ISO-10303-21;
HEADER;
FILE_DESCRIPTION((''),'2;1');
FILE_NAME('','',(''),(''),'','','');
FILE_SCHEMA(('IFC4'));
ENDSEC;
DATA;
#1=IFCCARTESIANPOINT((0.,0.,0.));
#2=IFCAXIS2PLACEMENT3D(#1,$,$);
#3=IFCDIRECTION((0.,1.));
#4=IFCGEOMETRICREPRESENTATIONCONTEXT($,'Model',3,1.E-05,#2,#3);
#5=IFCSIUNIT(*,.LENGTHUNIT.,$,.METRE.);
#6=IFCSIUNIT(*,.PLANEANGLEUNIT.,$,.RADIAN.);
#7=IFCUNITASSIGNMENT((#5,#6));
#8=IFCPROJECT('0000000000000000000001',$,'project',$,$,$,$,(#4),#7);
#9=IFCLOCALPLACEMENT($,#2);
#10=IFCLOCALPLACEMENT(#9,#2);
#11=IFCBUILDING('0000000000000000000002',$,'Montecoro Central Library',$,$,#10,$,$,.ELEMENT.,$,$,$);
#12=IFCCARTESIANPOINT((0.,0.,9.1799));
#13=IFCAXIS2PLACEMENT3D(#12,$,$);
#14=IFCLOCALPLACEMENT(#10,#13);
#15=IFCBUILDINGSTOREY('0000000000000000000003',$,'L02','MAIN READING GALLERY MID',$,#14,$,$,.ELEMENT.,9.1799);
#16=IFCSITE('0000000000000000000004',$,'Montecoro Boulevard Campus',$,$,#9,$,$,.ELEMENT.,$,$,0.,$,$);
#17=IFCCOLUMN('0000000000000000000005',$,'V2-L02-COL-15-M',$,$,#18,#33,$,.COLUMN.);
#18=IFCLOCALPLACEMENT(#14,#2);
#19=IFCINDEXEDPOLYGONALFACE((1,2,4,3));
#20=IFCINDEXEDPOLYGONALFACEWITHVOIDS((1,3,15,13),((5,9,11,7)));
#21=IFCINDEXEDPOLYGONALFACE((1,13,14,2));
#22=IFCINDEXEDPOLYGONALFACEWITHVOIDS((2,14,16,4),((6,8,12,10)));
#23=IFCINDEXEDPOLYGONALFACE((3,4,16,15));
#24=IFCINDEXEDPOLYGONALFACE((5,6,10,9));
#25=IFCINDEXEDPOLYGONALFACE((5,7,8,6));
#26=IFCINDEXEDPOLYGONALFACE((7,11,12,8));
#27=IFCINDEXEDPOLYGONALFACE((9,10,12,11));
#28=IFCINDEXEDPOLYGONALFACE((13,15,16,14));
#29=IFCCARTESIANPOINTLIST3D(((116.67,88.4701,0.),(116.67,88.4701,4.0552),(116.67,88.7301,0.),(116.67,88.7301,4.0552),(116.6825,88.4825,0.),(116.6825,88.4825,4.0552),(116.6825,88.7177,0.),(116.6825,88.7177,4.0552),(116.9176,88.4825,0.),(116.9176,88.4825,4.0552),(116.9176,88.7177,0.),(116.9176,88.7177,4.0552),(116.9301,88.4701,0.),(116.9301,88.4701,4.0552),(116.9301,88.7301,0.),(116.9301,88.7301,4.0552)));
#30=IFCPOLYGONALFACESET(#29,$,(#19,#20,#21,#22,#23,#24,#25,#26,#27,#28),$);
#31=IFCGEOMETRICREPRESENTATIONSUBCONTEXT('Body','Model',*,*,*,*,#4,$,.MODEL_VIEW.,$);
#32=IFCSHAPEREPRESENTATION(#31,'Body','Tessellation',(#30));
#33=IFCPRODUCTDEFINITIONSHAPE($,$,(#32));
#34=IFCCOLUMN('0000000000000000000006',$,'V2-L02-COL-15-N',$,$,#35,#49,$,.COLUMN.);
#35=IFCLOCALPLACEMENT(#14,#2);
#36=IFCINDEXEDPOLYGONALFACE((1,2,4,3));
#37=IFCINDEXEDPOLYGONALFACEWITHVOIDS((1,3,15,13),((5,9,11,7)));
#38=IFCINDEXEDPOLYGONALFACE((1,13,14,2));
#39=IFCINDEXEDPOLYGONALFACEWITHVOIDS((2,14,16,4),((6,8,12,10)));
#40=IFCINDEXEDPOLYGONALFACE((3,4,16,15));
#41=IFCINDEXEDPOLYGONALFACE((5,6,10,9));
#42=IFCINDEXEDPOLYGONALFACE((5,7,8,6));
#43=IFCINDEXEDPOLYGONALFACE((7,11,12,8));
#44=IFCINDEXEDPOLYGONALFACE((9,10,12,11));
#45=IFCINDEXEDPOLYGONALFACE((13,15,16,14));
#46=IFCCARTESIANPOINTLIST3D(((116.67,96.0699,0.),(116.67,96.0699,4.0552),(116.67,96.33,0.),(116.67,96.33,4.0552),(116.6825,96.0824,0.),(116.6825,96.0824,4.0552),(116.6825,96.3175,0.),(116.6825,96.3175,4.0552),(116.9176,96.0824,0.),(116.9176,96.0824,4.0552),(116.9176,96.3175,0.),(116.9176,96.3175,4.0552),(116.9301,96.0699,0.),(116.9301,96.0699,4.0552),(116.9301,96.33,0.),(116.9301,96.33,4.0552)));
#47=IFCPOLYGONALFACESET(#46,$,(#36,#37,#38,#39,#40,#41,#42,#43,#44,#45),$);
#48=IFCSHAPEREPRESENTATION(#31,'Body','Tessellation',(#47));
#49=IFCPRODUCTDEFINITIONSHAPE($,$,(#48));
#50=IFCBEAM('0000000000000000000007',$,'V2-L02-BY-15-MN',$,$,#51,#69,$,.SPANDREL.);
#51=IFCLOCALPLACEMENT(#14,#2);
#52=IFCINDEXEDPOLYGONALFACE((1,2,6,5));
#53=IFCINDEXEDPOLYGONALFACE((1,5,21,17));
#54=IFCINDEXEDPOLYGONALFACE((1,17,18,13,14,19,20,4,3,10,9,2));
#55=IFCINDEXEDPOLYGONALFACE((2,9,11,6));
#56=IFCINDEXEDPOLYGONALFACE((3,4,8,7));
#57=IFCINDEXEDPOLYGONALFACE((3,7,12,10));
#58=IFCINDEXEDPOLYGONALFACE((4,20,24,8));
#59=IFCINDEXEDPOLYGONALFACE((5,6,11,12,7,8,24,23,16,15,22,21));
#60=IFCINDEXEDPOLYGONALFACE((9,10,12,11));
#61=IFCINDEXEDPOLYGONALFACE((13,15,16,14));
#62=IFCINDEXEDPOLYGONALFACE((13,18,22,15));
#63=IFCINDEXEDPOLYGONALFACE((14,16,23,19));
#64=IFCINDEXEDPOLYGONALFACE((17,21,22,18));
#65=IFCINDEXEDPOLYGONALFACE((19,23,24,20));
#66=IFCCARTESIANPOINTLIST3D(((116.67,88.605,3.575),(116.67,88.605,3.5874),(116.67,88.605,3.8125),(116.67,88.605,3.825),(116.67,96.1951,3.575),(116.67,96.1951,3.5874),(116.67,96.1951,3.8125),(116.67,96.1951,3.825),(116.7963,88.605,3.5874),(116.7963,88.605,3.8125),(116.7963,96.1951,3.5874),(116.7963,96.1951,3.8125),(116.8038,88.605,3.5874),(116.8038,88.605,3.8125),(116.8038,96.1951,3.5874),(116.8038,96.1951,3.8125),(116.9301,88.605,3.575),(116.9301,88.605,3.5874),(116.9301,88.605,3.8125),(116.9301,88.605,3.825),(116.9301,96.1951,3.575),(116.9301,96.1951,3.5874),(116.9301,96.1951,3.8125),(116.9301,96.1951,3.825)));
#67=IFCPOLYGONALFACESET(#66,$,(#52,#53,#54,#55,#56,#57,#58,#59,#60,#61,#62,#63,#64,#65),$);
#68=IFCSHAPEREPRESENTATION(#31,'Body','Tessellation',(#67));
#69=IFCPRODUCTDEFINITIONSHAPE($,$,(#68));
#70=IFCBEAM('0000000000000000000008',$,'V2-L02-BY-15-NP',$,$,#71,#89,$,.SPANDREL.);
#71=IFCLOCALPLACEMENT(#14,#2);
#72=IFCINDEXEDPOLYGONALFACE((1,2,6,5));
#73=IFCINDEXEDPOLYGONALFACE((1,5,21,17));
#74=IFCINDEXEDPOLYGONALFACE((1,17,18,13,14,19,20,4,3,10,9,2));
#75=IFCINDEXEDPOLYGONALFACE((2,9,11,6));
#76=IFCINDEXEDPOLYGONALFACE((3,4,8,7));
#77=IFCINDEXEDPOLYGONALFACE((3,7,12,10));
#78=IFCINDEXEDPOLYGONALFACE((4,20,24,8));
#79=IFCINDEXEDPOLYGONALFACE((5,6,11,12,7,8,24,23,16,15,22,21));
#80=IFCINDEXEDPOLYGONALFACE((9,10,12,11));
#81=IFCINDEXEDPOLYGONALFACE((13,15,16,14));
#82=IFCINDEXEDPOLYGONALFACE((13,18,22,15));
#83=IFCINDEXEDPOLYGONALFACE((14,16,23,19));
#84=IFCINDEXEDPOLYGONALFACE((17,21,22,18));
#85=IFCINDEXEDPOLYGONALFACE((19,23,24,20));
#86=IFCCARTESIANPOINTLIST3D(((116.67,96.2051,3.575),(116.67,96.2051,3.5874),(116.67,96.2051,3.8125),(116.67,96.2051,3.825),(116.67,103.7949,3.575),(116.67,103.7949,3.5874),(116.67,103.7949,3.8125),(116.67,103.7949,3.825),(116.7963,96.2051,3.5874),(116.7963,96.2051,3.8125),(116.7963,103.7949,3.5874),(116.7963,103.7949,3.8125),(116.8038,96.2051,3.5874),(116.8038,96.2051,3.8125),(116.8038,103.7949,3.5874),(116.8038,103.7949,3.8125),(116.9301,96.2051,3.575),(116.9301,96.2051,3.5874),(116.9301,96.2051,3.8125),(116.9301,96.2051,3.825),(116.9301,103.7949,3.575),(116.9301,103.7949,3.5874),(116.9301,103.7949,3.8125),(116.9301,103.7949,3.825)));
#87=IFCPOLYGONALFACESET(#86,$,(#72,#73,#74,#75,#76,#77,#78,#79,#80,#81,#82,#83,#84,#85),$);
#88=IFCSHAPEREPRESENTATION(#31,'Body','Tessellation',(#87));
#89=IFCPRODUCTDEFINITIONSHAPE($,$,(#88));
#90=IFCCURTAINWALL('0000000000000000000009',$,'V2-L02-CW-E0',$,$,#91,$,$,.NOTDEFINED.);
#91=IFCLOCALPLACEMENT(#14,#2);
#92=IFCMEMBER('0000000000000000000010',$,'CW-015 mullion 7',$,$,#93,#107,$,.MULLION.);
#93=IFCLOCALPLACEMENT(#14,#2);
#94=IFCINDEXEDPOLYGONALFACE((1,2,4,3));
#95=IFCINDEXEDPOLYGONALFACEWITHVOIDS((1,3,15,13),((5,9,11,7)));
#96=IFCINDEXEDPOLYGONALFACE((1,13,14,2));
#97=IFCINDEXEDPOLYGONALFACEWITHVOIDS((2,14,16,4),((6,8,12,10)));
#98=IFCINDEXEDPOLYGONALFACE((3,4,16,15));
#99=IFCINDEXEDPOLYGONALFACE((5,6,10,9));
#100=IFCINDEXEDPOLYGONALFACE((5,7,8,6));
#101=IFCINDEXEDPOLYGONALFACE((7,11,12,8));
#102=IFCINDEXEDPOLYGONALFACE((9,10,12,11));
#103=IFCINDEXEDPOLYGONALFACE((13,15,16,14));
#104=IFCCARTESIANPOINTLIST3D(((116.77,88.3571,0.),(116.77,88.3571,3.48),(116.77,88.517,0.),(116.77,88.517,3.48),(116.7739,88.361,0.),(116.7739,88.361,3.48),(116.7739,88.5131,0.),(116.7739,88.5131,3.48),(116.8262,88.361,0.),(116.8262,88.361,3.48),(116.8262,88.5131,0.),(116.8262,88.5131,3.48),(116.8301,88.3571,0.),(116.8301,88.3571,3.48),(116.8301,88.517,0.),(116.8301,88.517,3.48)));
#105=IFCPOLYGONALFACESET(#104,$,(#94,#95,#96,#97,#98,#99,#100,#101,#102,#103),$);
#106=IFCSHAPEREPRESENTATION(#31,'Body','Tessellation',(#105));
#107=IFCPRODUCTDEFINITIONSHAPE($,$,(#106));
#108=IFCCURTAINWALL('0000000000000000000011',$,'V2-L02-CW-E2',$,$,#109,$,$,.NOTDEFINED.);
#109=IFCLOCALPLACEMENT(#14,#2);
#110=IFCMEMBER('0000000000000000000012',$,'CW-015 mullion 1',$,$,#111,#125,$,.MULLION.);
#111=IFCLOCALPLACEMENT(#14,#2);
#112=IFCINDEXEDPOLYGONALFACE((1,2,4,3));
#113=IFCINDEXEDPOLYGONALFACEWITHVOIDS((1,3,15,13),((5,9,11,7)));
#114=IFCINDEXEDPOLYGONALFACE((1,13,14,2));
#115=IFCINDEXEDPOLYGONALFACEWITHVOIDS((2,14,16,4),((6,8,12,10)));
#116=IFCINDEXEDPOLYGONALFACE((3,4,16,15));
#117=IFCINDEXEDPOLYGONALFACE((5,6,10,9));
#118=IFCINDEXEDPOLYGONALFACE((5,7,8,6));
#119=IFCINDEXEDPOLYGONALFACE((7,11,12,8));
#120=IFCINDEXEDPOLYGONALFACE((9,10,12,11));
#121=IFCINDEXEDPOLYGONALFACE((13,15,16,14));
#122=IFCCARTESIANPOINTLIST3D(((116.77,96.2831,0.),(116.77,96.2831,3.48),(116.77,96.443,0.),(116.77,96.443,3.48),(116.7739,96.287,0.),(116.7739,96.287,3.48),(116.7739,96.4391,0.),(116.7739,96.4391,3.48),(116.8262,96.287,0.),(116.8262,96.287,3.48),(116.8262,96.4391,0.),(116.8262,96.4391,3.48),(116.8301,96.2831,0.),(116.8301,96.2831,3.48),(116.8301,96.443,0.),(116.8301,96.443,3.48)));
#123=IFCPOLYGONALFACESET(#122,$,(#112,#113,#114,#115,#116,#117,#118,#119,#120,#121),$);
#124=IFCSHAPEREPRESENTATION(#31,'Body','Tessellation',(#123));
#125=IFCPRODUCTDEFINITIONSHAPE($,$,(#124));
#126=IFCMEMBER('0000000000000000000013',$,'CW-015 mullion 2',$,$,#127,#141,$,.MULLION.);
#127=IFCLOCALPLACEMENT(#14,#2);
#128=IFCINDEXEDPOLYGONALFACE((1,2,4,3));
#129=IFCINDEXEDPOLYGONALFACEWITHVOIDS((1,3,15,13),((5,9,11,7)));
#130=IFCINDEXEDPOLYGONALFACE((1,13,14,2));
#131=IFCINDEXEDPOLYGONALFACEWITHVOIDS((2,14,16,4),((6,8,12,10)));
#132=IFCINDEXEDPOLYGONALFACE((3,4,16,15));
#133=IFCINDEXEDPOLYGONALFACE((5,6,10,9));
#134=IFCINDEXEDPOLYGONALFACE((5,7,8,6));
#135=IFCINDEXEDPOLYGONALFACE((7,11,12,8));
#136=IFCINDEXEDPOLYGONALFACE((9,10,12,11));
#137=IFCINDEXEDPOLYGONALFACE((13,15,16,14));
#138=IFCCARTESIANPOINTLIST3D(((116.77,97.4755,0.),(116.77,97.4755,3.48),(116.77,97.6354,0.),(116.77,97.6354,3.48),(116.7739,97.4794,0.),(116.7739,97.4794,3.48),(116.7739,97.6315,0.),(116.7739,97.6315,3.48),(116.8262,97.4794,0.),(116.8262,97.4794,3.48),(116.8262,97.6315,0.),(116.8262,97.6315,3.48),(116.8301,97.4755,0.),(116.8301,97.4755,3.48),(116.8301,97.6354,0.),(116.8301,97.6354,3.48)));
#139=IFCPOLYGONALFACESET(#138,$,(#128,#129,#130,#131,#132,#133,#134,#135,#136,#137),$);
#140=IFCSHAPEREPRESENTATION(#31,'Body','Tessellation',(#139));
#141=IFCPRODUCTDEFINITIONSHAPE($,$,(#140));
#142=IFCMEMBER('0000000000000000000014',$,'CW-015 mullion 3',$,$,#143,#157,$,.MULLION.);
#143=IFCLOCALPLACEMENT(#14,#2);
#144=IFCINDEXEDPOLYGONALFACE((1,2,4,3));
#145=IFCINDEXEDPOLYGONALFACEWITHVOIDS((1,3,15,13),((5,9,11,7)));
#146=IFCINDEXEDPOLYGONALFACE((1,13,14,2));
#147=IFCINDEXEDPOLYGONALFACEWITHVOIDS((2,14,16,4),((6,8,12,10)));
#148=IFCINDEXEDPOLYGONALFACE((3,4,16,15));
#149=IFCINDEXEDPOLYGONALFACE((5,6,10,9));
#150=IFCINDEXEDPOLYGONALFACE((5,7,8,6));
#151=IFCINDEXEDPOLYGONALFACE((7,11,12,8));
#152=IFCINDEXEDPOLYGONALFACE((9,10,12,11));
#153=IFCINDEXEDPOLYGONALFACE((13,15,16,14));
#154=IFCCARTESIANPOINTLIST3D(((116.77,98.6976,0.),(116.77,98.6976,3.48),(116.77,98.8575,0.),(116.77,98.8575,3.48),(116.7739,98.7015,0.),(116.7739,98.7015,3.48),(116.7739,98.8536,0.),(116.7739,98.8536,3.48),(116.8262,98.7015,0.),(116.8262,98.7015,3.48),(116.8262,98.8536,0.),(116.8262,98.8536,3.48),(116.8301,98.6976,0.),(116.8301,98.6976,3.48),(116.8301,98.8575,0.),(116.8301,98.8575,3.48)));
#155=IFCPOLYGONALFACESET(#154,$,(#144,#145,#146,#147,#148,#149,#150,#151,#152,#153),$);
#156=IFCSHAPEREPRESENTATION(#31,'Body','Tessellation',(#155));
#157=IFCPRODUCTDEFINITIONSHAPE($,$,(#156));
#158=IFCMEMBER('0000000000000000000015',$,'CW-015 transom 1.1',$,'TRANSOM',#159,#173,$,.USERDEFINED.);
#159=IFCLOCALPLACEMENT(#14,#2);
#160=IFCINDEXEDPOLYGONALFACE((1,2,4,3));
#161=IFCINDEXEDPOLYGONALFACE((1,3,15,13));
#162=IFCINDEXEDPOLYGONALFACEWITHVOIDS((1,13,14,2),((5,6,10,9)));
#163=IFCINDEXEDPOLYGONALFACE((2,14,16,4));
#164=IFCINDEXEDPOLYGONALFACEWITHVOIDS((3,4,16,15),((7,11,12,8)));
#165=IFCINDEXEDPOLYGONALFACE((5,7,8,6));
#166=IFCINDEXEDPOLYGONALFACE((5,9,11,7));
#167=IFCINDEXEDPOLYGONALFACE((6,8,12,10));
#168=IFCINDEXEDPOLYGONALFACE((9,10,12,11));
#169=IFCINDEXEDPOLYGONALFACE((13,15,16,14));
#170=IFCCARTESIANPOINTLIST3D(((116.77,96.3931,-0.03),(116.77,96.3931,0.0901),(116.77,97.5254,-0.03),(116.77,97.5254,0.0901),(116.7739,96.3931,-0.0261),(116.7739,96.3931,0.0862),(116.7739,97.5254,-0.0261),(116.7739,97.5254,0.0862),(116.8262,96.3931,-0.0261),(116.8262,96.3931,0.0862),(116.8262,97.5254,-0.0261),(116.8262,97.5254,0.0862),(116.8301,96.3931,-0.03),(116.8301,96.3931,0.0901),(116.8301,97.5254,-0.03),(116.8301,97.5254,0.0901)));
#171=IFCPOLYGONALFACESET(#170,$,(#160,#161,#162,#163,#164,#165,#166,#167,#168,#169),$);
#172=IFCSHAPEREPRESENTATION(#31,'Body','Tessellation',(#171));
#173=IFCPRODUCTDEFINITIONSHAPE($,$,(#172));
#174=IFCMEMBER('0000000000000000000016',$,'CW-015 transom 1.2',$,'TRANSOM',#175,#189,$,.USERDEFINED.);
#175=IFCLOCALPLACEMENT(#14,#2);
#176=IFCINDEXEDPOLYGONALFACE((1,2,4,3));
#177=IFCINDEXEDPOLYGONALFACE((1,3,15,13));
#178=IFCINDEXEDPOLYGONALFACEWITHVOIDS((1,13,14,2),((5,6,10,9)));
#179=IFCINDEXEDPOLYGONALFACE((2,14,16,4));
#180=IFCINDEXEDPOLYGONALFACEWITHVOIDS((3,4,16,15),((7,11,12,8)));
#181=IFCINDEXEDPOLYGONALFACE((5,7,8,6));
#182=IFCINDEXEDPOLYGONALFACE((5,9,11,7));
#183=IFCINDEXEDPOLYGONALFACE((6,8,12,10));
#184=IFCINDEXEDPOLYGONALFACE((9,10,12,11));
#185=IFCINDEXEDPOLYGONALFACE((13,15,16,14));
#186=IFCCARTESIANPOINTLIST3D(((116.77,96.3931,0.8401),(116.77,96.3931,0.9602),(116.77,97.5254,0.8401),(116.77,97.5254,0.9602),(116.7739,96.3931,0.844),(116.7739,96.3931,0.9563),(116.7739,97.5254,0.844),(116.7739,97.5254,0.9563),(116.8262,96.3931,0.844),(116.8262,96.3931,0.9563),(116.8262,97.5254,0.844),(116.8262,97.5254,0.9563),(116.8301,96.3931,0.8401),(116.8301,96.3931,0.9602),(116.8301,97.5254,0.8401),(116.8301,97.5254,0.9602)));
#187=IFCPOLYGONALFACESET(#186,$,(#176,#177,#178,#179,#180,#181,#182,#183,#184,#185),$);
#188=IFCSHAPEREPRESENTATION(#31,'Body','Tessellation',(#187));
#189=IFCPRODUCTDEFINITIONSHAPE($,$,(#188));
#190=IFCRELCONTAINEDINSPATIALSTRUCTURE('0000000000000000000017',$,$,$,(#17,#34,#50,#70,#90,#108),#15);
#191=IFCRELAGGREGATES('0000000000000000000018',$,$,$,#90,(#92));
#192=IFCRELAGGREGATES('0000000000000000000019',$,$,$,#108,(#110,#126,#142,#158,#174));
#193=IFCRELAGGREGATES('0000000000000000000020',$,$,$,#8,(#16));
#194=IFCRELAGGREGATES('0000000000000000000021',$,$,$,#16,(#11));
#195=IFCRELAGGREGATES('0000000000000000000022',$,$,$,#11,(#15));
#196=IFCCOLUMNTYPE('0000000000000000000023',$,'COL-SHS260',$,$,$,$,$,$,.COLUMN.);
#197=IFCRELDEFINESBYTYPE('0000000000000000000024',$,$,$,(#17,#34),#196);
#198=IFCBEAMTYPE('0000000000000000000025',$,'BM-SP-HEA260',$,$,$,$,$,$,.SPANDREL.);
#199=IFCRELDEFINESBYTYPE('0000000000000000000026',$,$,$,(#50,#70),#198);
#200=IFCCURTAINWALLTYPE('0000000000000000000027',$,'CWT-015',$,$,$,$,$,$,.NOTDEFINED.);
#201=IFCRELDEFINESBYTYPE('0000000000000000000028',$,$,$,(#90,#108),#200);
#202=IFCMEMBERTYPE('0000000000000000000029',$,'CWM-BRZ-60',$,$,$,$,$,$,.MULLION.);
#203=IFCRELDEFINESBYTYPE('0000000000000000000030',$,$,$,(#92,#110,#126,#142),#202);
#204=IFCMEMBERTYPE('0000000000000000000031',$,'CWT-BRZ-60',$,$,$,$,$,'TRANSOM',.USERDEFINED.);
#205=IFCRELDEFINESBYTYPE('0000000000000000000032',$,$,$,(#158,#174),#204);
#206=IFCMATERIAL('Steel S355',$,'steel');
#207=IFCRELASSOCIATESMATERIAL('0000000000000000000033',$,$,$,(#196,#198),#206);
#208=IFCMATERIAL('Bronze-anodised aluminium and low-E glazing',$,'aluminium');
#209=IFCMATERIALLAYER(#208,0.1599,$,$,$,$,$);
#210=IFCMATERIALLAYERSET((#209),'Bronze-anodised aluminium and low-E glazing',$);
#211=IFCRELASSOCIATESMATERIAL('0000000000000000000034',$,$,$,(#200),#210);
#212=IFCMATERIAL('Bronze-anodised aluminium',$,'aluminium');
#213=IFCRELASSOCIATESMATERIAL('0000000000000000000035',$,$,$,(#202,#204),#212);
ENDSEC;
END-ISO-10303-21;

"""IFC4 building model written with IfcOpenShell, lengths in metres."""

from ifc_helpers import new_model, si_unit, direction, frame, origin, origin_2d, place, context, subcontext, project, spatial, hollow_rectangle, i_section, extrude, material, layer, layer_set, material_profile, profile_set, type_object, element, aggregate, save


model = new_model("IFC4")

# Units and contexts
model_context = context("Model", 3, precision=1e-05, world=origin(), true_north=direction((0.0, 1.0)))
body_context = subcontext(model_context, "Body", "Model", "MODEL_VIEW")
ifc_project = project(units=[si_unit("LENGTHUNIT", "METRE"), si_unit("PLANEANGLEUNIT", "RADIAN")], contexts=[model_context])

# Site, building, storey
site_placement = place(None, origin())
site = spatial("IfcSite", under=ifc_project, at=site_placement, Name="Montecoro Boulevard Campus", CompositionType="ELEMENT", RefElevation=0.0)
building_placement = place(site_placement, origin())
building = spatial("IfcBuilding", under=site, at=building_placement, Name="Montecoro Central Library", CompositionType="ELEMENT")
storey_placement = place(building_placement, frame((0.0, 0.0, 9.1799)))
storey = spatial("IfcBuildingStorey", under=building, at=storey_placement, Name="L02", Description="MAIN READING GALLERY MID", CompositionType="ELEMENT", Elevation=9.1799)

# Columns
ifc_material_1 = material(Name="Steel S355", Category="steel")
ifc_material_profile_1 = material_profile(ifc_material_1, hollow_rectangle(XDim=0.26, YDim=0.26, WallThickness=0.0125, at=origin_2d()), Name="SHS 260x260x12.5")
ifc_profile_set_1 = profile_set([ifc_material_profile_1], Name="Steel S355")
column_type = type_object("IfcColumnType", Name="COL-SHS260", PredefinedType="COLUMN", material=ifc_profile_set_1)
for number, where, z_axis, x_axis, name in (
    (1, (116.8, 88.6001, 0.0), (0.0, 0.0, 1.0), (1.0, 0.0, 0.0), "V2-L02-COL-15-M"),
    (2, (116.8, 96.2, 0.0), (0.0, 0.0, 1.0), (1.0, 0.0, 0.0), "V2-L02-COL-15-N"),
):
    element("IfcColumn", number, at=place(storey_placement, frame(where, z_axis=z_axis, x_axis=x_axis)), inside=storey, type_object=column_type, Name=name, PredefinedType="COLUMN", context=body_context, shape_type="SweptSolid", body=[
        extrude(hollow_rectangle(XDim=0.26, YDim=0.26, WallThickness=0.0125, at=origin_2d()), origin(), (0.0, 0.0, 1.0), 4.0552),
    ])

# Beams
ifc_material_profile_2 = material_profile(ifc_material_1, i_section(OverallWidth=0.26, OverallDepth=0.25, WebThickness=0.0076, FlangeThickness=0.0125, at=origin_2d()), Name="HEA 260")
ifc_profile_set_2 = profile_set([ifc_material_profile_2], Name="Steel S355")
beam_type = type_object("IfcBeamType", Name="BM-SP-HEA260", PredefinedType="SPANDREL", material=ifc_profile_set_2)
beam_1_placement = place(storey_placement, frame((116.8, 88.605, 3.7), z_axis=(0.0, 1.0, 0.0), x_axis=(-1.0, 0.0, 0.0)))
element("IfcBeam", 3, at=beam_1_placement, inside=storey, type_object=beam_type, Name="V2-L02-BY-15-MN", PredefinedType="SPANDREL", context=body_context, shape_type="SweptSolid", body=[
    extrude(i_section(OverallWidth=0.26, OverallDepth=0.25, WebThickness=0.0076, FlangeThickness=0.0125, at=origin_2d()), origin(), (0.0, 0.0, 1.0), 7.5901),
])
beam_2_placement = place(storey_placement, frame((116.8, 96.2051, 3.7), z_axis=(0.0, 1.0, 0.0), x_axis=(-1.0, 0.0, 0.0)))
element("IfcBeam", 4, at=beam_2_placement, inside=storey, type_object=beam_type, Name="V2-L02-BY-15-NP", PredefinedType="SPANDREL", context=body_context, shape_type="SweptSolid", body=[
    extrude(i_section(OverallWidth=0.26, OverallDepth=0.25, WebThickness=0.0076, FlangeThickness=0.0125, at=origin_2d()), origin(), (0.0, 0.0, 1.0), 7.5898),
])

# Curtain wall, member
ifc_material_2 = material(Name="Bronze-anodised aluminium and low-E glazing", Category="aluminium")
ifc_layer_1 = layer(ifc_material_2, 0.1599)
ifc_layer_set_1 = layer_set([ifc_layer_1], Name="Bronze-anodised aluminium and low-E glazing")
curtain_wall_type = type_object("IfcCurtainWallType", Name="CWT-015", PredefinedType="NOTDEFINED", material=ifc_layer_set_1)
curtain_wall_1_placement = place(storey_placement, origin())
curtain_wall_1 = element("IfcCurtainWall", 5, at=curtain_wall_1_placement, inside=storey, type_object=curtain_wall_type, Name="V2-L02-CW-E0", PredefinedType="NOTDEFINED")
ifc_material_3 = material(Name="Bronze-anodised aluminium", Category="aluminium")
ifc_material_profile_3 = material_profile(ifc_material_3, hollow_rectangle(XDim=0.0601, YDim=0.1599, WallThickness=0.0039, at=origin_2d()), Name="CWM 160x60x4.0")
ifc_profile_set_3 = profile_set([ifc_material_profile_3], Name="Bronze-anodised aluminium")
member_type_1 = type_object("IfcMemberType", Name="CWM-BRZ-60", PredefinedType="MULLION", material=ifc_profile_set_3)
member_1_placement = place(storey_placement, frame((116.8, 88.437, 0.0), z_axis=(0.0, 0.0, 1.0), x_axis=(-1.0, 0.0, 0.0)))
member_1 = element("IfcMember", 6, at=member_1_placement, type_object=member_type_1, Name="CW-015 mullion 7", PredefinedType="MULLION", context=body_context, shape_type="SweptSolid", body=[
    extrude(hollow_rectangle(XDim=0.0601, YDim=0.1599, WallThickness=0.0039, at=origin_2d()), origin(), (0.0, 0.0, 1.0), 3.48),
])
aggregate(curtain_wall_1, [member_1])

# Curtain wall, members
curtain_wall_2_placement = place(storey_placement, origin())
curtain_wall_2 = element("IfcCurtainWall", 7, at=curtain_wall_2_placement, inside=storey, type_object=curtain_wall_type, Name="V2-L02-CW-E2", PredefinedType="NOTDEFINED")
member_2_placement = place(storey_placement, frame((116.8, 96.363, 0.0), z_axis=(0.0, 0.0, 1.0), x_axis=(-1.0, 0.0, 0.0)))
member_2 = element("IfcMember", 8, at=member_2_placement, type_object=member_type_1, Name="CW-015 mullion 1", PredefinedType="MULLION", context=body_context, shape_type="SweptSolid", body=[
    extrude(hollow_rectangle(XDim=0.0601, YDim=0.1599, WallThickness=0.0039, at=origin_2d()), origin(), (0.0, 0.0, 1.0), 3.48),
])
member_3_placement = place(storey_placement, frame((116.8, 97.5554, 0.0), z_axis=(0.0, 0.0, 1.0), x_axis=(-1.0, 0.0, 0.0)))
member_3 = element("IfcMember", 9, at=member_3_placement, type_object=member_type_1, Name="CW-015 mullion 2", PredefinedType="MULLION", context=body_context, shape_type="SweptSolid", body=[
    extrude(hollow_rectangle(XDim=0.0601, YDim=0.1599, WallThickness=0.0039, at=origin_2d()), origin(), (0.0, 0.0, 1.0), 3.48),
])
member_4_placement = place(storey_placement, frame((116.8, 98.7776, 0.0), z_axis=(0.0, 0.0, 1.0), x_axis=(-1.0, 0.0, 0.0)))
member_4 = element("IfcMember", 10, at=member_4_placement, type_object=member_type_1, Name="CW-015 mullion 3", PredefinedType="MULLION", context=body_context, shape_type="SweptSolid", body=[
    extrude(hollow_rectangle(XDim=0.0601, YDim=0.1599, WallThickness=0.0039, at=origin_2d()), origin(), (0.0, 0.0, 1.0), 3.48),
])
ifc_material_profile_4 = material_profile(ifc_material_3, hollow_rectangle(XDim=0.0601, YDim=0.1201, WallThickness=0.0039, at=origin_2d()), Name="CWT 120x60x4.0")
ifc_profile_set_4 = profile_set([ifc_material_profile_4], Name="Bronze-anodised aluminium")
member_type_2 = type_object("IfcMemberType", Name="CWT-BRZ-60", ElementType="TRANSOM", PredefinedType="USERDEFINED", material=ifc_profile_set_4)
member_5_placement = place(storey_placement, frame((116.8, 96.3931, 0.03), z_axis=(0.0, 1.0, 0.0), x_axis=(-1.0, 0.0, 0.0)))
member_5 = element("IfcMember", 11, at=member_5_placement, type_object=member_type_2, Name="CW-015 transom 1.1", ObjectType="TRANSOM", PredefinedType="USERDEFINED", context=body_context, shape_type="SweptSolid", body=[
    extrude(hollow_rectangle(XDim=0.0601, YDim=0.1201, WallThickness=0.0039, at=origin_2d()), origin(), (0.0, 0.0, 1.0), 1.1323),
])
member_6_placement = place(storey_placement, frame((116.8, 96.3931, 0.9001), z_axis=(0.0, 1.0, 0.0), x_axis=(-1.0, 0.0, 0.0)))
member_6 = element("IfcMember", 12, at=member_6_placement, type_object=member_type_2, Name="CW-015 transom 1.2", ObjectType="TRANSOM", PredefinedType="USERDEFINED", context=body_context, shape_type="SweptSolid", body=[
    extrude(hollow_rectangle(XDim=0.0601, YDim=0.1201, WallThickness=0.0039, at=origin_2d()), origin(), (0.0, 0.0, 1.0), 1.1323),
])
aggregate(curtain_wall_2, [member_2, member_3, member_4, member_5, member_6])

save(model, "model.ifc")
